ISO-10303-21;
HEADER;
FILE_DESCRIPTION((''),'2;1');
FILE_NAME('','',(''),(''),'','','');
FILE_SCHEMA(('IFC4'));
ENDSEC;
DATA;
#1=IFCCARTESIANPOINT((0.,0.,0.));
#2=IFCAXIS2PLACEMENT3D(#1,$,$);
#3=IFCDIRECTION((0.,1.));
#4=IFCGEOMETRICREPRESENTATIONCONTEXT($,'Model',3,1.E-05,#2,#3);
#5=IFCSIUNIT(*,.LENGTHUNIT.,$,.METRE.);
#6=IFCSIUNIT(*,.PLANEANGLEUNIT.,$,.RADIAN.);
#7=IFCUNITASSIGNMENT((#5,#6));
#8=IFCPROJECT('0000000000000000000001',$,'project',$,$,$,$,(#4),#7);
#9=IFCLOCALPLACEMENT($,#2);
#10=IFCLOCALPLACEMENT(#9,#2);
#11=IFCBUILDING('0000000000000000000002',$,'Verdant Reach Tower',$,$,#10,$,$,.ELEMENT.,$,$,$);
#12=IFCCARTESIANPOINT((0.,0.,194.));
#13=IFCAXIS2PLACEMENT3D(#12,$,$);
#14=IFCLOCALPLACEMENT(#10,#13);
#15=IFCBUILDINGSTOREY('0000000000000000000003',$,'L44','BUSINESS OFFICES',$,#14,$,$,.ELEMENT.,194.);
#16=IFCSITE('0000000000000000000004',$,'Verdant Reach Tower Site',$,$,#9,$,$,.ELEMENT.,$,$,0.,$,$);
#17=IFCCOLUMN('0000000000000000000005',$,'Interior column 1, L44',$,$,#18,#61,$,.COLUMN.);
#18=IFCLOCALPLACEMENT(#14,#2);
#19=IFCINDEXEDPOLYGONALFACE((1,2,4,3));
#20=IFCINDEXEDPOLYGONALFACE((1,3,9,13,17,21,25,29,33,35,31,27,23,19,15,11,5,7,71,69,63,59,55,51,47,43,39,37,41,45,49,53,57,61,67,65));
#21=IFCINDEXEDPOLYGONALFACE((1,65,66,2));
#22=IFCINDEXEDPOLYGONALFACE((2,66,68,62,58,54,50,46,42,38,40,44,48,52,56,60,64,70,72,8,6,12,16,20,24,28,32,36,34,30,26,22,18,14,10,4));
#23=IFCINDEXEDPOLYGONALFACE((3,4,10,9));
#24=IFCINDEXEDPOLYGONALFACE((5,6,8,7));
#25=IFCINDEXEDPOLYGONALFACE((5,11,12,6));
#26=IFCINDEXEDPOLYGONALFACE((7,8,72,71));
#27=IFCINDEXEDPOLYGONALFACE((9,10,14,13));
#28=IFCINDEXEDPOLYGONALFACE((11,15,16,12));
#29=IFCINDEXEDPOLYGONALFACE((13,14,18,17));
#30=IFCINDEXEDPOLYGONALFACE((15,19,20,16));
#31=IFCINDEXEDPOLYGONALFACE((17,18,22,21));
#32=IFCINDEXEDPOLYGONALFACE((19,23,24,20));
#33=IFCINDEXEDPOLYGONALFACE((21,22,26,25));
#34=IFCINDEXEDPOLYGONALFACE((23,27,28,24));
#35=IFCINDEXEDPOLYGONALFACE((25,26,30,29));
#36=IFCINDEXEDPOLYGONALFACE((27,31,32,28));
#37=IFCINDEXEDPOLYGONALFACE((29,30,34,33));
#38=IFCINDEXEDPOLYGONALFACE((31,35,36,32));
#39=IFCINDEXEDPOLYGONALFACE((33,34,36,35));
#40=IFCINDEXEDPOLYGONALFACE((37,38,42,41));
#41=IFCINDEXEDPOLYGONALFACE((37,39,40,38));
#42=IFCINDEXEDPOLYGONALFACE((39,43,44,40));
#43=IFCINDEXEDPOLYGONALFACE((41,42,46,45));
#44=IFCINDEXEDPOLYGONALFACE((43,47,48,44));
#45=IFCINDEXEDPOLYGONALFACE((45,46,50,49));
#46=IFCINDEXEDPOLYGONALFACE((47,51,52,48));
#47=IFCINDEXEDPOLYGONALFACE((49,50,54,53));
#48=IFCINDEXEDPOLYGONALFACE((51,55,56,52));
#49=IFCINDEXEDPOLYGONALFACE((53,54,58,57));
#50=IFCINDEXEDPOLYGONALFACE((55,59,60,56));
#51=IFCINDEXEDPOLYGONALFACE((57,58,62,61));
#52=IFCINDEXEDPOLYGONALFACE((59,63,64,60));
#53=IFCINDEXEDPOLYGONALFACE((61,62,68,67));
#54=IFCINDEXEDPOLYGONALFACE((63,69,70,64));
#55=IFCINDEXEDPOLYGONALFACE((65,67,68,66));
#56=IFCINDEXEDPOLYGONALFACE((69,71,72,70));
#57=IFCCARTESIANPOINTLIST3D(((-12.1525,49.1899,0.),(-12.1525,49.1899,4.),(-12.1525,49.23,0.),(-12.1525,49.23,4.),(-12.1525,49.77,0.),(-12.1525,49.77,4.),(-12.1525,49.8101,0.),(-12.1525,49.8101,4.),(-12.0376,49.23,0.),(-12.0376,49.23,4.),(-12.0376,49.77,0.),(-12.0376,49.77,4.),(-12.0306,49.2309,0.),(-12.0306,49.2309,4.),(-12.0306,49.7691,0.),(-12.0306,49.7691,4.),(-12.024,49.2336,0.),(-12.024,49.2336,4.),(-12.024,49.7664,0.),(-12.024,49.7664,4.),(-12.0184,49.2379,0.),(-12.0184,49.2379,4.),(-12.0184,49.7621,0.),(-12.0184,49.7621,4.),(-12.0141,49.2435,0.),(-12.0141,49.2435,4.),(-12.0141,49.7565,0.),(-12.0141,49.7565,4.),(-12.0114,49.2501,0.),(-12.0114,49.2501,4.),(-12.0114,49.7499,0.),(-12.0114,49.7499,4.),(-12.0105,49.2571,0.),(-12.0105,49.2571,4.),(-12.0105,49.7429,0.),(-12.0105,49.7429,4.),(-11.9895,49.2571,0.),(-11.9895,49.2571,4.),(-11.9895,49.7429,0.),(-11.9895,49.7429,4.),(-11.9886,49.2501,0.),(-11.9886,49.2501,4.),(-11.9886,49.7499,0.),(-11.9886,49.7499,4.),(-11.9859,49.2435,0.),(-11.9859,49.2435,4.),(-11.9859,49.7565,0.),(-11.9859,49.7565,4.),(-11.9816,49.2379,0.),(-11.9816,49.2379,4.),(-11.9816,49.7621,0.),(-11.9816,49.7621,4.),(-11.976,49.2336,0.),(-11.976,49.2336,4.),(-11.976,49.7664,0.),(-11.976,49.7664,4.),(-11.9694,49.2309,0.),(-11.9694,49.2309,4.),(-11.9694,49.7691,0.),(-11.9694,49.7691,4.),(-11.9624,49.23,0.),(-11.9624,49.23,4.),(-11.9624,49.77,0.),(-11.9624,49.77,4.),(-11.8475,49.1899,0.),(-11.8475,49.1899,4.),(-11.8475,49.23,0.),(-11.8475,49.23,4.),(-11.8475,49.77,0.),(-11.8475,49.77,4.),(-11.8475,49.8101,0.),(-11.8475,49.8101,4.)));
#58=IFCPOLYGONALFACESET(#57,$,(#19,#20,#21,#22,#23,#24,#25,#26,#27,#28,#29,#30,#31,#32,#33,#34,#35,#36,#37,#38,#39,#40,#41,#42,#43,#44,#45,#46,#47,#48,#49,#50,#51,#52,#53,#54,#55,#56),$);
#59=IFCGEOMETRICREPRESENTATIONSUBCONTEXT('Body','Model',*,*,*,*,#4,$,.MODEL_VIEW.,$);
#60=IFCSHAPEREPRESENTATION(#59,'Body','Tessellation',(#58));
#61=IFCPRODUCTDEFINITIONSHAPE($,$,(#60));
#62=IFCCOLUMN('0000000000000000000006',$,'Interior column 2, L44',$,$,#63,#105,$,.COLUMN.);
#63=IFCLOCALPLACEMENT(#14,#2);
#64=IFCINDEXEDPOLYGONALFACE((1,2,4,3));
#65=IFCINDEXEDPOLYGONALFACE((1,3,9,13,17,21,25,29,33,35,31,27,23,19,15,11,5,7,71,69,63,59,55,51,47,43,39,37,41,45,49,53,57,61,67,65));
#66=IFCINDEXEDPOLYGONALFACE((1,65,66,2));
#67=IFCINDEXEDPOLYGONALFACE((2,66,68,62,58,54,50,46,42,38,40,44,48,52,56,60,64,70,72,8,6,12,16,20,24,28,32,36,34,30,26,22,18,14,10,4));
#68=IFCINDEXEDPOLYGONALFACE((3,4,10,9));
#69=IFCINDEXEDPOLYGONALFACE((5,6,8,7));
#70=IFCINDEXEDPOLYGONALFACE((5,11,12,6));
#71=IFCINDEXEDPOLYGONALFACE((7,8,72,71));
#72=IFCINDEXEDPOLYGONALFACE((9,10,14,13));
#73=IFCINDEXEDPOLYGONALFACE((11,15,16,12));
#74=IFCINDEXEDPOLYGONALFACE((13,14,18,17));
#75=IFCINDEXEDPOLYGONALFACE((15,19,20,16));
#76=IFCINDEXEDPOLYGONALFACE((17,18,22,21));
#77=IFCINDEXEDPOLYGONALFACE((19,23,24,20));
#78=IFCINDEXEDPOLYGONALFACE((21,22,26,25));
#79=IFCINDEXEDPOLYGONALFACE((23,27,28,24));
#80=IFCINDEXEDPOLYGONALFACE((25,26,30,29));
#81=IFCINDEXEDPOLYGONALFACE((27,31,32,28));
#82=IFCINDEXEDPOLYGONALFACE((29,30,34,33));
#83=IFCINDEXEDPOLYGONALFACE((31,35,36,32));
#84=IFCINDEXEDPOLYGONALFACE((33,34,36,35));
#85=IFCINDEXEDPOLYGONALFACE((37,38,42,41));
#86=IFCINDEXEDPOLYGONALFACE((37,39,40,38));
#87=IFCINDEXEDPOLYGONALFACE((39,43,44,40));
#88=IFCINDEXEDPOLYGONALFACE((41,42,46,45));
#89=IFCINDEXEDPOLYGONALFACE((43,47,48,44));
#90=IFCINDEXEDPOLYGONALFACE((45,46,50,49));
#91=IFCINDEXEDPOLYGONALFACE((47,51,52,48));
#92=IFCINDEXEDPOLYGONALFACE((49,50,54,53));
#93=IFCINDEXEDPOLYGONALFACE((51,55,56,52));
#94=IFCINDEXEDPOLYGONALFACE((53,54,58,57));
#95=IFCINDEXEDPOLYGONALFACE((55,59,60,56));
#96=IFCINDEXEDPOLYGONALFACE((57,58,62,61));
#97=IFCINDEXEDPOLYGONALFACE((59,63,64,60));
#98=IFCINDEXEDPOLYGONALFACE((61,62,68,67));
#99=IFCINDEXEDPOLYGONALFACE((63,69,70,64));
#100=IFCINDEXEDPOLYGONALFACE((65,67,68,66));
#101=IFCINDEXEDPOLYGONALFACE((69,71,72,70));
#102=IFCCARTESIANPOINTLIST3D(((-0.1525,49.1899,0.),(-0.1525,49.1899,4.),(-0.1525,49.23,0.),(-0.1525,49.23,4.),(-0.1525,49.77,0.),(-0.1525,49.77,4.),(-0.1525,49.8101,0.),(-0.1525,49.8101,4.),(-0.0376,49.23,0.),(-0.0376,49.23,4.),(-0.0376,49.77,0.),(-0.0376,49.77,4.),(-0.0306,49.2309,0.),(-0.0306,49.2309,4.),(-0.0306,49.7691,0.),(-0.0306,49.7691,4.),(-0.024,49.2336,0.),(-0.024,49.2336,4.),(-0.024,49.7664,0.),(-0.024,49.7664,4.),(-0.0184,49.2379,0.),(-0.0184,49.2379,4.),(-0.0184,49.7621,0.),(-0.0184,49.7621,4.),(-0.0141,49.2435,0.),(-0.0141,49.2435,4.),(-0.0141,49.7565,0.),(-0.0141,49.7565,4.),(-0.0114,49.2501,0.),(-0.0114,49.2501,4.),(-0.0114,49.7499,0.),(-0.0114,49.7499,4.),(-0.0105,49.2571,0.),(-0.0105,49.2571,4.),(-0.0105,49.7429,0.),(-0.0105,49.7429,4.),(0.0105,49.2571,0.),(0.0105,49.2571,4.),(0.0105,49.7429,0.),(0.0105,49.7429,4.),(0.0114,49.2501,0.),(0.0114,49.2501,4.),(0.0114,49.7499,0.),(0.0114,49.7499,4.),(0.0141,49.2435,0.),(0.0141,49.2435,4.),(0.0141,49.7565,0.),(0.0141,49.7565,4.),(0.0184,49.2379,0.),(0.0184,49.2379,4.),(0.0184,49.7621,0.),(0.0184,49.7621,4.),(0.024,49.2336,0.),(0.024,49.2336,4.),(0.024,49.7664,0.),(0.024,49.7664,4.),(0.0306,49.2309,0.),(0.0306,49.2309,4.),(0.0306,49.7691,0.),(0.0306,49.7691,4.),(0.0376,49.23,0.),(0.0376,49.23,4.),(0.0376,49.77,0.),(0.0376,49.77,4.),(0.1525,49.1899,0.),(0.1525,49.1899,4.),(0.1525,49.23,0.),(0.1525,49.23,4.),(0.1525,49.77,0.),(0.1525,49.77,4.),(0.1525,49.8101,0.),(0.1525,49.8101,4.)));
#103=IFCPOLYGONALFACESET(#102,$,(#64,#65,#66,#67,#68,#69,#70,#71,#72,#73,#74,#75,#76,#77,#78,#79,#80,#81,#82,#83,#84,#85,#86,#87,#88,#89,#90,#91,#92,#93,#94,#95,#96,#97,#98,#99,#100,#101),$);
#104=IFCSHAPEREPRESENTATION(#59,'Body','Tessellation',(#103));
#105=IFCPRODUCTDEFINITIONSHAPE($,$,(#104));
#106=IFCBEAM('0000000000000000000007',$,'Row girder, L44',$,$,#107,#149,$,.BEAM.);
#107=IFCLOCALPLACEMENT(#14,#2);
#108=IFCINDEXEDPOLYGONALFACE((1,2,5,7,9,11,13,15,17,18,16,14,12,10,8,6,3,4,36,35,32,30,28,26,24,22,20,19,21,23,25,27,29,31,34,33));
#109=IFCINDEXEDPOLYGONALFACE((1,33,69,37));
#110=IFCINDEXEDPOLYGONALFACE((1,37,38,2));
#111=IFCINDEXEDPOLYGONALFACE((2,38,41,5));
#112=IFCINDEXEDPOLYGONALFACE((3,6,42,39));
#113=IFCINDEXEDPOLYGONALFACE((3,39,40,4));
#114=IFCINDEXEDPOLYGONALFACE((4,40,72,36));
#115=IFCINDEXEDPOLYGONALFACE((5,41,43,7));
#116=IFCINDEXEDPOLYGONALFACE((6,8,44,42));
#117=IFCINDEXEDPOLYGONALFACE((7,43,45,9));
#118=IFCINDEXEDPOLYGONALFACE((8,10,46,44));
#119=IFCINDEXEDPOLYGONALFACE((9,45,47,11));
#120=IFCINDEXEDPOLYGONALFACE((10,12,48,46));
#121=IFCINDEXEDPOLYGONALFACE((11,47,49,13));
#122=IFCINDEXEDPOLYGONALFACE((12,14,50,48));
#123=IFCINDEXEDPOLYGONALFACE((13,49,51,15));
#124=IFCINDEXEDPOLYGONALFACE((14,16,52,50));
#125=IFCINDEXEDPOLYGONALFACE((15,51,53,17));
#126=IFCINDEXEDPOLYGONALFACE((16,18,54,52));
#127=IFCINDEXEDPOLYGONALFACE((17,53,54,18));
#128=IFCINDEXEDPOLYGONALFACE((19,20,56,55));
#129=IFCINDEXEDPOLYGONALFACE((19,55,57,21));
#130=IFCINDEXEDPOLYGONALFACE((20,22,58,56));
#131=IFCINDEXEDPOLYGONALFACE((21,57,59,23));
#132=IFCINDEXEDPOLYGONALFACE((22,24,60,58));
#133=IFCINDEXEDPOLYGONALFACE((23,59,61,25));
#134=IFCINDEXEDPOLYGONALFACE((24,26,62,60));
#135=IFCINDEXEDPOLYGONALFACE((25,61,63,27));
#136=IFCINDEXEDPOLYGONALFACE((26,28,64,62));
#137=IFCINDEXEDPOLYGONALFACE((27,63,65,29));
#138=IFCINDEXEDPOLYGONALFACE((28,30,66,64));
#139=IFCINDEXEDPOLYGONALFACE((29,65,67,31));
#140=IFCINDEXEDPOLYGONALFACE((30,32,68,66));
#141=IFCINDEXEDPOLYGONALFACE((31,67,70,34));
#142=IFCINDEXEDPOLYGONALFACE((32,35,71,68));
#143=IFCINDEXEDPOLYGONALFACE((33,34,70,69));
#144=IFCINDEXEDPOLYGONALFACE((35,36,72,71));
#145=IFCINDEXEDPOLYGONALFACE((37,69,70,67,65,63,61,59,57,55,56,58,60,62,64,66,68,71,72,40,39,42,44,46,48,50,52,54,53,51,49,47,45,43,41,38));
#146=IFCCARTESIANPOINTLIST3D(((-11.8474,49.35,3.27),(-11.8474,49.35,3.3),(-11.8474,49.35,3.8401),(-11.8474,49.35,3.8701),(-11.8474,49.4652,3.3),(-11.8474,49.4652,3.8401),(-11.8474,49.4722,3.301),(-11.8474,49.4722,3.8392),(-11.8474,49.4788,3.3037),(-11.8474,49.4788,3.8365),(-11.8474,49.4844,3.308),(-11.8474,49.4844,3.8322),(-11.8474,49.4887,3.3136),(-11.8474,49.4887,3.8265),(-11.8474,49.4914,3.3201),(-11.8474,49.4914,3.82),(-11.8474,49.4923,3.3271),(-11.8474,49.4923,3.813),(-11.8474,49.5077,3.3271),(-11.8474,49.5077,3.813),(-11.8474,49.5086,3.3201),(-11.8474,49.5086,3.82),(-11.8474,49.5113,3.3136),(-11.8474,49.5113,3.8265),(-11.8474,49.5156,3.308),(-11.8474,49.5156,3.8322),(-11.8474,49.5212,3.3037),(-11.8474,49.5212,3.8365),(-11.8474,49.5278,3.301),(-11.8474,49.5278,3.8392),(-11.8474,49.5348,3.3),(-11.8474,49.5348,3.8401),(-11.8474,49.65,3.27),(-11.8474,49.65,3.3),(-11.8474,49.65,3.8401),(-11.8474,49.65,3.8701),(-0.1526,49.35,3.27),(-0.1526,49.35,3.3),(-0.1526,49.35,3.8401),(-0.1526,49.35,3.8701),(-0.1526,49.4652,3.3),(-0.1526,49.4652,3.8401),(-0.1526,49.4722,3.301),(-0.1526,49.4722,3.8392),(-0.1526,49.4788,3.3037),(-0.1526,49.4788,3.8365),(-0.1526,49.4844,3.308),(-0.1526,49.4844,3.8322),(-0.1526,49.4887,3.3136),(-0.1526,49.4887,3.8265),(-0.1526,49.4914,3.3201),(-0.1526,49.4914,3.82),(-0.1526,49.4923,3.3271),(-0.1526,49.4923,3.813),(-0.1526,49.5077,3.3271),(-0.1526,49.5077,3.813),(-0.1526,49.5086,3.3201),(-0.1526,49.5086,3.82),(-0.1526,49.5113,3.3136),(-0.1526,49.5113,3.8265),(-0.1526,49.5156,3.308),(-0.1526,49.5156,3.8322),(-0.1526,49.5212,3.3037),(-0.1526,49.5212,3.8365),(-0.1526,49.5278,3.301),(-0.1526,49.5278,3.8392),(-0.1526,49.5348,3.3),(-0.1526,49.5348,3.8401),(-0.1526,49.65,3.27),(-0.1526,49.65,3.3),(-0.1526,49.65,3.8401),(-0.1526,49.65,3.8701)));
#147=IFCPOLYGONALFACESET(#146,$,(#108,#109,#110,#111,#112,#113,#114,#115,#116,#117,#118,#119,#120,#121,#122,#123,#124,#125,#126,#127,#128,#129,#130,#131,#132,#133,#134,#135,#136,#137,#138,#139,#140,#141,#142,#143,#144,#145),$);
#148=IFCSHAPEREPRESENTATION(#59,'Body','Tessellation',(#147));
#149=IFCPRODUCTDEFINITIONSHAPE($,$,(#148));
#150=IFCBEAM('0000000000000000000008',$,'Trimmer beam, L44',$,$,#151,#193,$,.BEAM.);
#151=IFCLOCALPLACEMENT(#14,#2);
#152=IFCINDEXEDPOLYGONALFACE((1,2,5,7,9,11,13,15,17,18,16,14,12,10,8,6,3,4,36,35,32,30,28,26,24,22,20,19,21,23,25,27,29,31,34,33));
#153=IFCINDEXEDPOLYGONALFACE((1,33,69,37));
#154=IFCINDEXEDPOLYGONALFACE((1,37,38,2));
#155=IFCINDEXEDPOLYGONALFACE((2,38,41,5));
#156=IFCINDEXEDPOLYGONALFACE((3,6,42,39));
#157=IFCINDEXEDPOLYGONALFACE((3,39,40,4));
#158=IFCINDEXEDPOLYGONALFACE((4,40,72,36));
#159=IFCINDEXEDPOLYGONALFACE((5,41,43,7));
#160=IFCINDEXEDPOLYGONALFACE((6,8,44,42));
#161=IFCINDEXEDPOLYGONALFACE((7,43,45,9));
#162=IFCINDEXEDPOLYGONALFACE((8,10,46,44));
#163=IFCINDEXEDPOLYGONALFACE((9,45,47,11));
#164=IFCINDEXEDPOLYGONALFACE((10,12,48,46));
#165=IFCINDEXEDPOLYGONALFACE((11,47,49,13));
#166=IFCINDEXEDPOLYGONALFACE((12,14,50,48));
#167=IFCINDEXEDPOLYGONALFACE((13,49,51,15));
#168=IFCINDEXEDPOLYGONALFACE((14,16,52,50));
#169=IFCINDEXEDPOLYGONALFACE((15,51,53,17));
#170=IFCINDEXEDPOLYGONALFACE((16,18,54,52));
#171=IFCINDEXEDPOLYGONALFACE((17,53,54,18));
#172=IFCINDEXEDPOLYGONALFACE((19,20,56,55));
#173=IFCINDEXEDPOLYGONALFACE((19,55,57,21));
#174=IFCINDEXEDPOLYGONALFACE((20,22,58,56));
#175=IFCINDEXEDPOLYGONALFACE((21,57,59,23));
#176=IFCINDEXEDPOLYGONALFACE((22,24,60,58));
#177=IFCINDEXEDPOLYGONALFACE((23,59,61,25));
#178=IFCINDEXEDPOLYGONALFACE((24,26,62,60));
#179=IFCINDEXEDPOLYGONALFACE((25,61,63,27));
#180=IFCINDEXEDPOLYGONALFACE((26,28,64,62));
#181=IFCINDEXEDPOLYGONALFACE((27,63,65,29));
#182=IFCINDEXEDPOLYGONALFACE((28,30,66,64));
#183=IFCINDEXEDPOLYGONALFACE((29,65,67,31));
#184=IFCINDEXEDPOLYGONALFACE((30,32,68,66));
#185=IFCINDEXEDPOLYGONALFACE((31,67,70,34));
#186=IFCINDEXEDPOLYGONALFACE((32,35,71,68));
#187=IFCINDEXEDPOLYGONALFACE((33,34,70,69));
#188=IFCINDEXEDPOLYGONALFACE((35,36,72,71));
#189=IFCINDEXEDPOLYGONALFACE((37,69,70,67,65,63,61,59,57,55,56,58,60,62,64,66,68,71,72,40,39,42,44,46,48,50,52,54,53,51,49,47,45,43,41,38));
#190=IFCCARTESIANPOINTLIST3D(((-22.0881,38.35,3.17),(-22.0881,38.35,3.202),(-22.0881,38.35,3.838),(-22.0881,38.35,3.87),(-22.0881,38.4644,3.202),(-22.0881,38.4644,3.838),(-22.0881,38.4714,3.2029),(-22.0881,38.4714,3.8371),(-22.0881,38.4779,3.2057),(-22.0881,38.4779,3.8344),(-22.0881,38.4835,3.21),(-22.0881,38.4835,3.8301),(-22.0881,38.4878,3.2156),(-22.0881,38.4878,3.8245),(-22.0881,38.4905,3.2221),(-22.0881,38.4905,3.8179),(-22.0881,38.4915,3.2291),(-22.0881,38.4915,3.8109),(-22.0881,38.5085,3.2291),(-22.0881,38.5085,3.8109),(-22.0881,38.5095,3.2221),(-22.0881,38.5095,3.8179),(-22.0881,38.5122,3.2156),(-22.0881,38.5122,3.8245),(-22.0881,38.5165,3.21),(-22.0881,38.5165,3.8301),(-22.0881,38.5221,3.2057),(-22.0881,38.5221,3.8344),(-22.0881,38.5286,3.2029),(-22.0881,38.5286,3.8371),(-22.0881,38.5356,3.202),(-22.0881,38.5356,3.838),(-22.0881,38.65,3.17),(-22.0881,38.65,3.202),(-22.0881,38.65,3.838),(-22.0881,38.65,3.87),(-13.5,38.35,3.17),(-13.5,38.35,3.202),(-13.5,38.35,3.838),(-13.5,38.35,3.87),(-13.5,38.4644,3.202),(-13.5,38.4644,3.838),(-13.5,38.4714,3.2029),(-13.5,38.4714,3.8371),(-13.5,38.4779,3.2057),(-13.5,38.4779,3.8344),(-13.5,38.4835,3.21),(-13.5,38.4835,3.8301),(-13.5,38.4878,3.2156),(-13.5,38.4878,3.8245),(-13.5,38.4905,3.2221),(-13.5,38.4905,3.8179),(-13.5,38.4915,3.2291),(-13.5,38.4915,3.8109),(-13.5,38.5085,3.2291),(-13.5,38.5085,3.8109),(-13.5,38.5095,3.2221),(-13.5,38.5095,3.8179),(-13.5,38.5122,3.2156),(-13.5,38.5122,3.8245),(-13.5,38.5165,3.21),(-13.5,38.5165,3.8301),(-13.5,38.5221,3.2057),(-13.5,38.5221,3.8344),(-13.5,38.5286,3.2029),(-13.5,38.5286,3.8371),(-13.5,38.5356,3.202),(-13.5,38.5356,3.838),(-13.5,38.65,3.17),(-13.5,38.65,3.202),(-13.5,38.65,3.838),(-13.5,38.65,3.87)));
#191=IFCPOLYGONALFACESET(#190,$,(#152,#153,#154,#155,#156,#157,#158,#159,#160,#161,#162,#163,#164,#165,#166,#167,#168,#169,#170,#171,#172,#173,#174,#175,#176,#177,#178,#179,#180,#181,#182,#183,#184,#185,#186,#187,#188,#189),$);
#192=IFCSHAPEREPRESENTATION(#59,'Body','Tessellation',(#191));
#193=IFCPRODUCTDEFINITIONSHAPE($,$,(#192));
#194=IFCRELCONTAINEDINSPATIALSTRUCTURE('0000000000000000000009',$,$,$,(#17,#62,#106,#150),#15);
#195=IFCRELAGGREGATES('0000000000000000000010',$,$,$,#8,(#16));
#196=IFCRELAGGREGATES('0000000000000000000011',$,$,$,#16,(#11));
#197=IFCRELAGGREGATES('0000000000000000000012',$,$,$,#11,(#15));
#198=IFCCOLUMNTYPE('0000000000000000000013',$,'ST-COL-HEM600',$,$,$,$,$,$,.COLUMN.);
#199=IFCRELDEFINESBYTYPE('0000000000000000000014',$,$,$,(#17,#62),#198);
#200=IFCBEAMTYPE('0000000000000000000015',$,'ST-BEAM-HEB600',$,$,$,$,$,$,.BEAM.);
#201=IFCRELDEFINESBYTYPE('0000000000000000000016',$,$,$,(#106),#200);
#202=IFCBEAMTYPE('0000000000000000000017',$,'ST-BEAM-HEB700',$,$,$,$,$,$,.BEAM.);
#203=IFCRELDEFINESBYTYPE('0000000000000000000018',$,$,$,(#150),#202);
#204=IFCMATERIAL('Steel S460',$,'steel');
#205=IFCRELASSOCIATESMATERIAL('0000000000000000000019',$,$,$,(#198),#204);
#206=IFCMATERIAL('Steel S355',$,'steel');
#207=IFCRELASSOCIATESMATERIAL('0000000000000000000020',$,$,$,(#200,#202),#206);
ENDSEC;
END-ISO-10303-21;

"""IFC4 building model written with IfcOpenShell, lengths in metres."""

from ifc_helpers import new_model, si_unit, direction, frame, origin, origin_2d, place, context, subcontext, project, spatial, i_section, extrude, material, material_profile, profile_set, type_object, element, save


model = new_model("IFC4")

# Units and contexts
model_context = context("Model", 3, precision=1e-05, world=origin(), true_north=direction((0.0, 1.0)))
body_context = subcontext(model_context, "Body", "Model", "MODEL_VIEW")
ifc_project = project(units=[si_unit("LENGTHUNIT", "METRE"), si_unit("PLANEANGLEUNIT", "RADIAN")], contexts=[model_context])

# Site, building, storey
site_placement = place(None, origin())
site = spatial("IfcSite", under=ifc_project, at=site_placement, Name="Verdant Reach Tower Site", CompositionType="ELEMENT", RefElevation=0.0)
building_placement = place(site_placement, origin())
building = spatial("IfcBuilding", under=site, at=building_placement, Name="Verdant Reach Tower", CompositionType="ELEMENT")
storey_placement = place(building_placement, frame((0.0, 0.0, 194.0)))
storey = spatial("IfcBuildingStorey", under=building, at=storey_placement, Name="L44", Description="BUSINESS OFFICES", CompositionType="ELEMENT", Elevation=194.0)

# Columns
ifc_material_1 = material(Name="Steel S460", Category="steel")
ifc_material_profile_1 = material_profile(ifc_material_1, i_section(OverallWidth=0.3049, OverallDepth=0.6201, WebThickness=0.021, FlangeThickness=0.04, FilletRadius=0.0271, at=origin_2d()), Name="HEM 600")
ifc_profile_set_1 = profile_set([ifc_material_profile_1], Name="Steel S460")
column_type = type_object("IfcColumnType", Name="ST-COL-HEM600", PredefinedType="COLUMN", material=ifc_profile_set_1)
for number, where, z_axis, x_axis, name in (
    (1, (-12.0, 49.5, 0.0), (0.0, 0.0, 1.0), (1.0, 0.0, 0.0), "Interior column 1, L44"),
    (2, (0.0, 49.5, 0.0), (0.0, 0.0, 1.0), (1.0, 0.0, 0.0), "Interior column 2, L44"),
):
    element("IfcColumn", number, at=place(storey_placement, frame(where, z_axis=z_axis, x_axis=x_axis)), inside=storey, type_object=column_type, Name=name, PredefinedType="COLUMN", context=body_context, shape_type="SweptSolid", body=[
        extrude(i_section(OverallWidth=0.3049, OverallDepth=0.6201, WebThickness=0.021, FlangeThickness=0.04, FilletRadius=0.0271, at=origin_2d()), origin(), (0.0, 0.0, 1.0), 4.0),
    ])

# Beams
ifc_material_2 = material(Name="Steel S355", Category="steel")
ifc_material_profile_2 = material_profile(ifc_material_2, i_section(OverallWidth=0.3, OverallDepth=0.6001, WebThickness=0.0154, FlangeThickness=0.03, FilletRadius=0.0271, at=origin_2d()), Name="HEB 600")
ifc_profile_set_2 = profile_set([ifc_material_profile_2], Name="Steel S355")
beam_type_1 = type_object("IfcBeamType", Name="ST-BEAM-HEB600", PredefinedType="BEAM", material=ifc_profile_set_2)
beam_1_placement = place(storey_placement, frame((-11.8474, 49.5, 3.5701), z_axis=(1.0, 0.0, 0.0), x_axis=(0.0, 1.0, 0.0)))
element("IfcBeam", 3, at=beam_1_placement, inside=storey, type_object=beam_type_1, Name="Row girder, L44", PredefinedType="BEAM", context=body_context, shape_type="SweptSolid", body=[
    extrude(i_section(OverallWidth=0.3, OverallDepth=0.6001, WebThickness=0.0154, FlangeThickness=0.03, FilletRadius=0.0271, at=origin_2d()), origin(), (0.0, 0.0, 1.0), 11.6948),
])
ifc_material_profile_3 = material_profile(ifc_material_2, i_section(OverallWidth=0.3, OverallDepth=0.7, WebThickness=0.0171, FlangeThickness=0.032, FilletRadius=0.0271, at=origin_2d()), Name="HEB 700")
ifc_profile_set_3 = profile_set([ifc_material_profile_3], Name="Steel S355")
beam_type_2 = type_object("IfcBeamType", Name="ST-BEAM-HEB700", PredefinedType="BEAM", material=ifc_profile_set_3)
beam_2_placement = place(storey_placement, frame((-13.5, 38.5, 3.52), z_axis=(-1.0, 0.0, 0.0), x_axis=(0.0, -1.0, 0.0)))
element("IfcBeam", 4, at=beam_2_placement, inside=storey, type_object=beam_type_2, Name="Trimmer beam, L44", PredefinedType="BEAM", context=body_context, shape_type="SweptSolid", body=[
    extrude(i_section(OverallWidth=0.3, OverallDepth=0.7, WebThickness=0.0171, FlangeThickness=0.032, FilletRadius=0.0271, at=origin_2d()), origin(), (0.0, 0.0, 1.0), 8.5881),
])

save(model, "model.ifc")
